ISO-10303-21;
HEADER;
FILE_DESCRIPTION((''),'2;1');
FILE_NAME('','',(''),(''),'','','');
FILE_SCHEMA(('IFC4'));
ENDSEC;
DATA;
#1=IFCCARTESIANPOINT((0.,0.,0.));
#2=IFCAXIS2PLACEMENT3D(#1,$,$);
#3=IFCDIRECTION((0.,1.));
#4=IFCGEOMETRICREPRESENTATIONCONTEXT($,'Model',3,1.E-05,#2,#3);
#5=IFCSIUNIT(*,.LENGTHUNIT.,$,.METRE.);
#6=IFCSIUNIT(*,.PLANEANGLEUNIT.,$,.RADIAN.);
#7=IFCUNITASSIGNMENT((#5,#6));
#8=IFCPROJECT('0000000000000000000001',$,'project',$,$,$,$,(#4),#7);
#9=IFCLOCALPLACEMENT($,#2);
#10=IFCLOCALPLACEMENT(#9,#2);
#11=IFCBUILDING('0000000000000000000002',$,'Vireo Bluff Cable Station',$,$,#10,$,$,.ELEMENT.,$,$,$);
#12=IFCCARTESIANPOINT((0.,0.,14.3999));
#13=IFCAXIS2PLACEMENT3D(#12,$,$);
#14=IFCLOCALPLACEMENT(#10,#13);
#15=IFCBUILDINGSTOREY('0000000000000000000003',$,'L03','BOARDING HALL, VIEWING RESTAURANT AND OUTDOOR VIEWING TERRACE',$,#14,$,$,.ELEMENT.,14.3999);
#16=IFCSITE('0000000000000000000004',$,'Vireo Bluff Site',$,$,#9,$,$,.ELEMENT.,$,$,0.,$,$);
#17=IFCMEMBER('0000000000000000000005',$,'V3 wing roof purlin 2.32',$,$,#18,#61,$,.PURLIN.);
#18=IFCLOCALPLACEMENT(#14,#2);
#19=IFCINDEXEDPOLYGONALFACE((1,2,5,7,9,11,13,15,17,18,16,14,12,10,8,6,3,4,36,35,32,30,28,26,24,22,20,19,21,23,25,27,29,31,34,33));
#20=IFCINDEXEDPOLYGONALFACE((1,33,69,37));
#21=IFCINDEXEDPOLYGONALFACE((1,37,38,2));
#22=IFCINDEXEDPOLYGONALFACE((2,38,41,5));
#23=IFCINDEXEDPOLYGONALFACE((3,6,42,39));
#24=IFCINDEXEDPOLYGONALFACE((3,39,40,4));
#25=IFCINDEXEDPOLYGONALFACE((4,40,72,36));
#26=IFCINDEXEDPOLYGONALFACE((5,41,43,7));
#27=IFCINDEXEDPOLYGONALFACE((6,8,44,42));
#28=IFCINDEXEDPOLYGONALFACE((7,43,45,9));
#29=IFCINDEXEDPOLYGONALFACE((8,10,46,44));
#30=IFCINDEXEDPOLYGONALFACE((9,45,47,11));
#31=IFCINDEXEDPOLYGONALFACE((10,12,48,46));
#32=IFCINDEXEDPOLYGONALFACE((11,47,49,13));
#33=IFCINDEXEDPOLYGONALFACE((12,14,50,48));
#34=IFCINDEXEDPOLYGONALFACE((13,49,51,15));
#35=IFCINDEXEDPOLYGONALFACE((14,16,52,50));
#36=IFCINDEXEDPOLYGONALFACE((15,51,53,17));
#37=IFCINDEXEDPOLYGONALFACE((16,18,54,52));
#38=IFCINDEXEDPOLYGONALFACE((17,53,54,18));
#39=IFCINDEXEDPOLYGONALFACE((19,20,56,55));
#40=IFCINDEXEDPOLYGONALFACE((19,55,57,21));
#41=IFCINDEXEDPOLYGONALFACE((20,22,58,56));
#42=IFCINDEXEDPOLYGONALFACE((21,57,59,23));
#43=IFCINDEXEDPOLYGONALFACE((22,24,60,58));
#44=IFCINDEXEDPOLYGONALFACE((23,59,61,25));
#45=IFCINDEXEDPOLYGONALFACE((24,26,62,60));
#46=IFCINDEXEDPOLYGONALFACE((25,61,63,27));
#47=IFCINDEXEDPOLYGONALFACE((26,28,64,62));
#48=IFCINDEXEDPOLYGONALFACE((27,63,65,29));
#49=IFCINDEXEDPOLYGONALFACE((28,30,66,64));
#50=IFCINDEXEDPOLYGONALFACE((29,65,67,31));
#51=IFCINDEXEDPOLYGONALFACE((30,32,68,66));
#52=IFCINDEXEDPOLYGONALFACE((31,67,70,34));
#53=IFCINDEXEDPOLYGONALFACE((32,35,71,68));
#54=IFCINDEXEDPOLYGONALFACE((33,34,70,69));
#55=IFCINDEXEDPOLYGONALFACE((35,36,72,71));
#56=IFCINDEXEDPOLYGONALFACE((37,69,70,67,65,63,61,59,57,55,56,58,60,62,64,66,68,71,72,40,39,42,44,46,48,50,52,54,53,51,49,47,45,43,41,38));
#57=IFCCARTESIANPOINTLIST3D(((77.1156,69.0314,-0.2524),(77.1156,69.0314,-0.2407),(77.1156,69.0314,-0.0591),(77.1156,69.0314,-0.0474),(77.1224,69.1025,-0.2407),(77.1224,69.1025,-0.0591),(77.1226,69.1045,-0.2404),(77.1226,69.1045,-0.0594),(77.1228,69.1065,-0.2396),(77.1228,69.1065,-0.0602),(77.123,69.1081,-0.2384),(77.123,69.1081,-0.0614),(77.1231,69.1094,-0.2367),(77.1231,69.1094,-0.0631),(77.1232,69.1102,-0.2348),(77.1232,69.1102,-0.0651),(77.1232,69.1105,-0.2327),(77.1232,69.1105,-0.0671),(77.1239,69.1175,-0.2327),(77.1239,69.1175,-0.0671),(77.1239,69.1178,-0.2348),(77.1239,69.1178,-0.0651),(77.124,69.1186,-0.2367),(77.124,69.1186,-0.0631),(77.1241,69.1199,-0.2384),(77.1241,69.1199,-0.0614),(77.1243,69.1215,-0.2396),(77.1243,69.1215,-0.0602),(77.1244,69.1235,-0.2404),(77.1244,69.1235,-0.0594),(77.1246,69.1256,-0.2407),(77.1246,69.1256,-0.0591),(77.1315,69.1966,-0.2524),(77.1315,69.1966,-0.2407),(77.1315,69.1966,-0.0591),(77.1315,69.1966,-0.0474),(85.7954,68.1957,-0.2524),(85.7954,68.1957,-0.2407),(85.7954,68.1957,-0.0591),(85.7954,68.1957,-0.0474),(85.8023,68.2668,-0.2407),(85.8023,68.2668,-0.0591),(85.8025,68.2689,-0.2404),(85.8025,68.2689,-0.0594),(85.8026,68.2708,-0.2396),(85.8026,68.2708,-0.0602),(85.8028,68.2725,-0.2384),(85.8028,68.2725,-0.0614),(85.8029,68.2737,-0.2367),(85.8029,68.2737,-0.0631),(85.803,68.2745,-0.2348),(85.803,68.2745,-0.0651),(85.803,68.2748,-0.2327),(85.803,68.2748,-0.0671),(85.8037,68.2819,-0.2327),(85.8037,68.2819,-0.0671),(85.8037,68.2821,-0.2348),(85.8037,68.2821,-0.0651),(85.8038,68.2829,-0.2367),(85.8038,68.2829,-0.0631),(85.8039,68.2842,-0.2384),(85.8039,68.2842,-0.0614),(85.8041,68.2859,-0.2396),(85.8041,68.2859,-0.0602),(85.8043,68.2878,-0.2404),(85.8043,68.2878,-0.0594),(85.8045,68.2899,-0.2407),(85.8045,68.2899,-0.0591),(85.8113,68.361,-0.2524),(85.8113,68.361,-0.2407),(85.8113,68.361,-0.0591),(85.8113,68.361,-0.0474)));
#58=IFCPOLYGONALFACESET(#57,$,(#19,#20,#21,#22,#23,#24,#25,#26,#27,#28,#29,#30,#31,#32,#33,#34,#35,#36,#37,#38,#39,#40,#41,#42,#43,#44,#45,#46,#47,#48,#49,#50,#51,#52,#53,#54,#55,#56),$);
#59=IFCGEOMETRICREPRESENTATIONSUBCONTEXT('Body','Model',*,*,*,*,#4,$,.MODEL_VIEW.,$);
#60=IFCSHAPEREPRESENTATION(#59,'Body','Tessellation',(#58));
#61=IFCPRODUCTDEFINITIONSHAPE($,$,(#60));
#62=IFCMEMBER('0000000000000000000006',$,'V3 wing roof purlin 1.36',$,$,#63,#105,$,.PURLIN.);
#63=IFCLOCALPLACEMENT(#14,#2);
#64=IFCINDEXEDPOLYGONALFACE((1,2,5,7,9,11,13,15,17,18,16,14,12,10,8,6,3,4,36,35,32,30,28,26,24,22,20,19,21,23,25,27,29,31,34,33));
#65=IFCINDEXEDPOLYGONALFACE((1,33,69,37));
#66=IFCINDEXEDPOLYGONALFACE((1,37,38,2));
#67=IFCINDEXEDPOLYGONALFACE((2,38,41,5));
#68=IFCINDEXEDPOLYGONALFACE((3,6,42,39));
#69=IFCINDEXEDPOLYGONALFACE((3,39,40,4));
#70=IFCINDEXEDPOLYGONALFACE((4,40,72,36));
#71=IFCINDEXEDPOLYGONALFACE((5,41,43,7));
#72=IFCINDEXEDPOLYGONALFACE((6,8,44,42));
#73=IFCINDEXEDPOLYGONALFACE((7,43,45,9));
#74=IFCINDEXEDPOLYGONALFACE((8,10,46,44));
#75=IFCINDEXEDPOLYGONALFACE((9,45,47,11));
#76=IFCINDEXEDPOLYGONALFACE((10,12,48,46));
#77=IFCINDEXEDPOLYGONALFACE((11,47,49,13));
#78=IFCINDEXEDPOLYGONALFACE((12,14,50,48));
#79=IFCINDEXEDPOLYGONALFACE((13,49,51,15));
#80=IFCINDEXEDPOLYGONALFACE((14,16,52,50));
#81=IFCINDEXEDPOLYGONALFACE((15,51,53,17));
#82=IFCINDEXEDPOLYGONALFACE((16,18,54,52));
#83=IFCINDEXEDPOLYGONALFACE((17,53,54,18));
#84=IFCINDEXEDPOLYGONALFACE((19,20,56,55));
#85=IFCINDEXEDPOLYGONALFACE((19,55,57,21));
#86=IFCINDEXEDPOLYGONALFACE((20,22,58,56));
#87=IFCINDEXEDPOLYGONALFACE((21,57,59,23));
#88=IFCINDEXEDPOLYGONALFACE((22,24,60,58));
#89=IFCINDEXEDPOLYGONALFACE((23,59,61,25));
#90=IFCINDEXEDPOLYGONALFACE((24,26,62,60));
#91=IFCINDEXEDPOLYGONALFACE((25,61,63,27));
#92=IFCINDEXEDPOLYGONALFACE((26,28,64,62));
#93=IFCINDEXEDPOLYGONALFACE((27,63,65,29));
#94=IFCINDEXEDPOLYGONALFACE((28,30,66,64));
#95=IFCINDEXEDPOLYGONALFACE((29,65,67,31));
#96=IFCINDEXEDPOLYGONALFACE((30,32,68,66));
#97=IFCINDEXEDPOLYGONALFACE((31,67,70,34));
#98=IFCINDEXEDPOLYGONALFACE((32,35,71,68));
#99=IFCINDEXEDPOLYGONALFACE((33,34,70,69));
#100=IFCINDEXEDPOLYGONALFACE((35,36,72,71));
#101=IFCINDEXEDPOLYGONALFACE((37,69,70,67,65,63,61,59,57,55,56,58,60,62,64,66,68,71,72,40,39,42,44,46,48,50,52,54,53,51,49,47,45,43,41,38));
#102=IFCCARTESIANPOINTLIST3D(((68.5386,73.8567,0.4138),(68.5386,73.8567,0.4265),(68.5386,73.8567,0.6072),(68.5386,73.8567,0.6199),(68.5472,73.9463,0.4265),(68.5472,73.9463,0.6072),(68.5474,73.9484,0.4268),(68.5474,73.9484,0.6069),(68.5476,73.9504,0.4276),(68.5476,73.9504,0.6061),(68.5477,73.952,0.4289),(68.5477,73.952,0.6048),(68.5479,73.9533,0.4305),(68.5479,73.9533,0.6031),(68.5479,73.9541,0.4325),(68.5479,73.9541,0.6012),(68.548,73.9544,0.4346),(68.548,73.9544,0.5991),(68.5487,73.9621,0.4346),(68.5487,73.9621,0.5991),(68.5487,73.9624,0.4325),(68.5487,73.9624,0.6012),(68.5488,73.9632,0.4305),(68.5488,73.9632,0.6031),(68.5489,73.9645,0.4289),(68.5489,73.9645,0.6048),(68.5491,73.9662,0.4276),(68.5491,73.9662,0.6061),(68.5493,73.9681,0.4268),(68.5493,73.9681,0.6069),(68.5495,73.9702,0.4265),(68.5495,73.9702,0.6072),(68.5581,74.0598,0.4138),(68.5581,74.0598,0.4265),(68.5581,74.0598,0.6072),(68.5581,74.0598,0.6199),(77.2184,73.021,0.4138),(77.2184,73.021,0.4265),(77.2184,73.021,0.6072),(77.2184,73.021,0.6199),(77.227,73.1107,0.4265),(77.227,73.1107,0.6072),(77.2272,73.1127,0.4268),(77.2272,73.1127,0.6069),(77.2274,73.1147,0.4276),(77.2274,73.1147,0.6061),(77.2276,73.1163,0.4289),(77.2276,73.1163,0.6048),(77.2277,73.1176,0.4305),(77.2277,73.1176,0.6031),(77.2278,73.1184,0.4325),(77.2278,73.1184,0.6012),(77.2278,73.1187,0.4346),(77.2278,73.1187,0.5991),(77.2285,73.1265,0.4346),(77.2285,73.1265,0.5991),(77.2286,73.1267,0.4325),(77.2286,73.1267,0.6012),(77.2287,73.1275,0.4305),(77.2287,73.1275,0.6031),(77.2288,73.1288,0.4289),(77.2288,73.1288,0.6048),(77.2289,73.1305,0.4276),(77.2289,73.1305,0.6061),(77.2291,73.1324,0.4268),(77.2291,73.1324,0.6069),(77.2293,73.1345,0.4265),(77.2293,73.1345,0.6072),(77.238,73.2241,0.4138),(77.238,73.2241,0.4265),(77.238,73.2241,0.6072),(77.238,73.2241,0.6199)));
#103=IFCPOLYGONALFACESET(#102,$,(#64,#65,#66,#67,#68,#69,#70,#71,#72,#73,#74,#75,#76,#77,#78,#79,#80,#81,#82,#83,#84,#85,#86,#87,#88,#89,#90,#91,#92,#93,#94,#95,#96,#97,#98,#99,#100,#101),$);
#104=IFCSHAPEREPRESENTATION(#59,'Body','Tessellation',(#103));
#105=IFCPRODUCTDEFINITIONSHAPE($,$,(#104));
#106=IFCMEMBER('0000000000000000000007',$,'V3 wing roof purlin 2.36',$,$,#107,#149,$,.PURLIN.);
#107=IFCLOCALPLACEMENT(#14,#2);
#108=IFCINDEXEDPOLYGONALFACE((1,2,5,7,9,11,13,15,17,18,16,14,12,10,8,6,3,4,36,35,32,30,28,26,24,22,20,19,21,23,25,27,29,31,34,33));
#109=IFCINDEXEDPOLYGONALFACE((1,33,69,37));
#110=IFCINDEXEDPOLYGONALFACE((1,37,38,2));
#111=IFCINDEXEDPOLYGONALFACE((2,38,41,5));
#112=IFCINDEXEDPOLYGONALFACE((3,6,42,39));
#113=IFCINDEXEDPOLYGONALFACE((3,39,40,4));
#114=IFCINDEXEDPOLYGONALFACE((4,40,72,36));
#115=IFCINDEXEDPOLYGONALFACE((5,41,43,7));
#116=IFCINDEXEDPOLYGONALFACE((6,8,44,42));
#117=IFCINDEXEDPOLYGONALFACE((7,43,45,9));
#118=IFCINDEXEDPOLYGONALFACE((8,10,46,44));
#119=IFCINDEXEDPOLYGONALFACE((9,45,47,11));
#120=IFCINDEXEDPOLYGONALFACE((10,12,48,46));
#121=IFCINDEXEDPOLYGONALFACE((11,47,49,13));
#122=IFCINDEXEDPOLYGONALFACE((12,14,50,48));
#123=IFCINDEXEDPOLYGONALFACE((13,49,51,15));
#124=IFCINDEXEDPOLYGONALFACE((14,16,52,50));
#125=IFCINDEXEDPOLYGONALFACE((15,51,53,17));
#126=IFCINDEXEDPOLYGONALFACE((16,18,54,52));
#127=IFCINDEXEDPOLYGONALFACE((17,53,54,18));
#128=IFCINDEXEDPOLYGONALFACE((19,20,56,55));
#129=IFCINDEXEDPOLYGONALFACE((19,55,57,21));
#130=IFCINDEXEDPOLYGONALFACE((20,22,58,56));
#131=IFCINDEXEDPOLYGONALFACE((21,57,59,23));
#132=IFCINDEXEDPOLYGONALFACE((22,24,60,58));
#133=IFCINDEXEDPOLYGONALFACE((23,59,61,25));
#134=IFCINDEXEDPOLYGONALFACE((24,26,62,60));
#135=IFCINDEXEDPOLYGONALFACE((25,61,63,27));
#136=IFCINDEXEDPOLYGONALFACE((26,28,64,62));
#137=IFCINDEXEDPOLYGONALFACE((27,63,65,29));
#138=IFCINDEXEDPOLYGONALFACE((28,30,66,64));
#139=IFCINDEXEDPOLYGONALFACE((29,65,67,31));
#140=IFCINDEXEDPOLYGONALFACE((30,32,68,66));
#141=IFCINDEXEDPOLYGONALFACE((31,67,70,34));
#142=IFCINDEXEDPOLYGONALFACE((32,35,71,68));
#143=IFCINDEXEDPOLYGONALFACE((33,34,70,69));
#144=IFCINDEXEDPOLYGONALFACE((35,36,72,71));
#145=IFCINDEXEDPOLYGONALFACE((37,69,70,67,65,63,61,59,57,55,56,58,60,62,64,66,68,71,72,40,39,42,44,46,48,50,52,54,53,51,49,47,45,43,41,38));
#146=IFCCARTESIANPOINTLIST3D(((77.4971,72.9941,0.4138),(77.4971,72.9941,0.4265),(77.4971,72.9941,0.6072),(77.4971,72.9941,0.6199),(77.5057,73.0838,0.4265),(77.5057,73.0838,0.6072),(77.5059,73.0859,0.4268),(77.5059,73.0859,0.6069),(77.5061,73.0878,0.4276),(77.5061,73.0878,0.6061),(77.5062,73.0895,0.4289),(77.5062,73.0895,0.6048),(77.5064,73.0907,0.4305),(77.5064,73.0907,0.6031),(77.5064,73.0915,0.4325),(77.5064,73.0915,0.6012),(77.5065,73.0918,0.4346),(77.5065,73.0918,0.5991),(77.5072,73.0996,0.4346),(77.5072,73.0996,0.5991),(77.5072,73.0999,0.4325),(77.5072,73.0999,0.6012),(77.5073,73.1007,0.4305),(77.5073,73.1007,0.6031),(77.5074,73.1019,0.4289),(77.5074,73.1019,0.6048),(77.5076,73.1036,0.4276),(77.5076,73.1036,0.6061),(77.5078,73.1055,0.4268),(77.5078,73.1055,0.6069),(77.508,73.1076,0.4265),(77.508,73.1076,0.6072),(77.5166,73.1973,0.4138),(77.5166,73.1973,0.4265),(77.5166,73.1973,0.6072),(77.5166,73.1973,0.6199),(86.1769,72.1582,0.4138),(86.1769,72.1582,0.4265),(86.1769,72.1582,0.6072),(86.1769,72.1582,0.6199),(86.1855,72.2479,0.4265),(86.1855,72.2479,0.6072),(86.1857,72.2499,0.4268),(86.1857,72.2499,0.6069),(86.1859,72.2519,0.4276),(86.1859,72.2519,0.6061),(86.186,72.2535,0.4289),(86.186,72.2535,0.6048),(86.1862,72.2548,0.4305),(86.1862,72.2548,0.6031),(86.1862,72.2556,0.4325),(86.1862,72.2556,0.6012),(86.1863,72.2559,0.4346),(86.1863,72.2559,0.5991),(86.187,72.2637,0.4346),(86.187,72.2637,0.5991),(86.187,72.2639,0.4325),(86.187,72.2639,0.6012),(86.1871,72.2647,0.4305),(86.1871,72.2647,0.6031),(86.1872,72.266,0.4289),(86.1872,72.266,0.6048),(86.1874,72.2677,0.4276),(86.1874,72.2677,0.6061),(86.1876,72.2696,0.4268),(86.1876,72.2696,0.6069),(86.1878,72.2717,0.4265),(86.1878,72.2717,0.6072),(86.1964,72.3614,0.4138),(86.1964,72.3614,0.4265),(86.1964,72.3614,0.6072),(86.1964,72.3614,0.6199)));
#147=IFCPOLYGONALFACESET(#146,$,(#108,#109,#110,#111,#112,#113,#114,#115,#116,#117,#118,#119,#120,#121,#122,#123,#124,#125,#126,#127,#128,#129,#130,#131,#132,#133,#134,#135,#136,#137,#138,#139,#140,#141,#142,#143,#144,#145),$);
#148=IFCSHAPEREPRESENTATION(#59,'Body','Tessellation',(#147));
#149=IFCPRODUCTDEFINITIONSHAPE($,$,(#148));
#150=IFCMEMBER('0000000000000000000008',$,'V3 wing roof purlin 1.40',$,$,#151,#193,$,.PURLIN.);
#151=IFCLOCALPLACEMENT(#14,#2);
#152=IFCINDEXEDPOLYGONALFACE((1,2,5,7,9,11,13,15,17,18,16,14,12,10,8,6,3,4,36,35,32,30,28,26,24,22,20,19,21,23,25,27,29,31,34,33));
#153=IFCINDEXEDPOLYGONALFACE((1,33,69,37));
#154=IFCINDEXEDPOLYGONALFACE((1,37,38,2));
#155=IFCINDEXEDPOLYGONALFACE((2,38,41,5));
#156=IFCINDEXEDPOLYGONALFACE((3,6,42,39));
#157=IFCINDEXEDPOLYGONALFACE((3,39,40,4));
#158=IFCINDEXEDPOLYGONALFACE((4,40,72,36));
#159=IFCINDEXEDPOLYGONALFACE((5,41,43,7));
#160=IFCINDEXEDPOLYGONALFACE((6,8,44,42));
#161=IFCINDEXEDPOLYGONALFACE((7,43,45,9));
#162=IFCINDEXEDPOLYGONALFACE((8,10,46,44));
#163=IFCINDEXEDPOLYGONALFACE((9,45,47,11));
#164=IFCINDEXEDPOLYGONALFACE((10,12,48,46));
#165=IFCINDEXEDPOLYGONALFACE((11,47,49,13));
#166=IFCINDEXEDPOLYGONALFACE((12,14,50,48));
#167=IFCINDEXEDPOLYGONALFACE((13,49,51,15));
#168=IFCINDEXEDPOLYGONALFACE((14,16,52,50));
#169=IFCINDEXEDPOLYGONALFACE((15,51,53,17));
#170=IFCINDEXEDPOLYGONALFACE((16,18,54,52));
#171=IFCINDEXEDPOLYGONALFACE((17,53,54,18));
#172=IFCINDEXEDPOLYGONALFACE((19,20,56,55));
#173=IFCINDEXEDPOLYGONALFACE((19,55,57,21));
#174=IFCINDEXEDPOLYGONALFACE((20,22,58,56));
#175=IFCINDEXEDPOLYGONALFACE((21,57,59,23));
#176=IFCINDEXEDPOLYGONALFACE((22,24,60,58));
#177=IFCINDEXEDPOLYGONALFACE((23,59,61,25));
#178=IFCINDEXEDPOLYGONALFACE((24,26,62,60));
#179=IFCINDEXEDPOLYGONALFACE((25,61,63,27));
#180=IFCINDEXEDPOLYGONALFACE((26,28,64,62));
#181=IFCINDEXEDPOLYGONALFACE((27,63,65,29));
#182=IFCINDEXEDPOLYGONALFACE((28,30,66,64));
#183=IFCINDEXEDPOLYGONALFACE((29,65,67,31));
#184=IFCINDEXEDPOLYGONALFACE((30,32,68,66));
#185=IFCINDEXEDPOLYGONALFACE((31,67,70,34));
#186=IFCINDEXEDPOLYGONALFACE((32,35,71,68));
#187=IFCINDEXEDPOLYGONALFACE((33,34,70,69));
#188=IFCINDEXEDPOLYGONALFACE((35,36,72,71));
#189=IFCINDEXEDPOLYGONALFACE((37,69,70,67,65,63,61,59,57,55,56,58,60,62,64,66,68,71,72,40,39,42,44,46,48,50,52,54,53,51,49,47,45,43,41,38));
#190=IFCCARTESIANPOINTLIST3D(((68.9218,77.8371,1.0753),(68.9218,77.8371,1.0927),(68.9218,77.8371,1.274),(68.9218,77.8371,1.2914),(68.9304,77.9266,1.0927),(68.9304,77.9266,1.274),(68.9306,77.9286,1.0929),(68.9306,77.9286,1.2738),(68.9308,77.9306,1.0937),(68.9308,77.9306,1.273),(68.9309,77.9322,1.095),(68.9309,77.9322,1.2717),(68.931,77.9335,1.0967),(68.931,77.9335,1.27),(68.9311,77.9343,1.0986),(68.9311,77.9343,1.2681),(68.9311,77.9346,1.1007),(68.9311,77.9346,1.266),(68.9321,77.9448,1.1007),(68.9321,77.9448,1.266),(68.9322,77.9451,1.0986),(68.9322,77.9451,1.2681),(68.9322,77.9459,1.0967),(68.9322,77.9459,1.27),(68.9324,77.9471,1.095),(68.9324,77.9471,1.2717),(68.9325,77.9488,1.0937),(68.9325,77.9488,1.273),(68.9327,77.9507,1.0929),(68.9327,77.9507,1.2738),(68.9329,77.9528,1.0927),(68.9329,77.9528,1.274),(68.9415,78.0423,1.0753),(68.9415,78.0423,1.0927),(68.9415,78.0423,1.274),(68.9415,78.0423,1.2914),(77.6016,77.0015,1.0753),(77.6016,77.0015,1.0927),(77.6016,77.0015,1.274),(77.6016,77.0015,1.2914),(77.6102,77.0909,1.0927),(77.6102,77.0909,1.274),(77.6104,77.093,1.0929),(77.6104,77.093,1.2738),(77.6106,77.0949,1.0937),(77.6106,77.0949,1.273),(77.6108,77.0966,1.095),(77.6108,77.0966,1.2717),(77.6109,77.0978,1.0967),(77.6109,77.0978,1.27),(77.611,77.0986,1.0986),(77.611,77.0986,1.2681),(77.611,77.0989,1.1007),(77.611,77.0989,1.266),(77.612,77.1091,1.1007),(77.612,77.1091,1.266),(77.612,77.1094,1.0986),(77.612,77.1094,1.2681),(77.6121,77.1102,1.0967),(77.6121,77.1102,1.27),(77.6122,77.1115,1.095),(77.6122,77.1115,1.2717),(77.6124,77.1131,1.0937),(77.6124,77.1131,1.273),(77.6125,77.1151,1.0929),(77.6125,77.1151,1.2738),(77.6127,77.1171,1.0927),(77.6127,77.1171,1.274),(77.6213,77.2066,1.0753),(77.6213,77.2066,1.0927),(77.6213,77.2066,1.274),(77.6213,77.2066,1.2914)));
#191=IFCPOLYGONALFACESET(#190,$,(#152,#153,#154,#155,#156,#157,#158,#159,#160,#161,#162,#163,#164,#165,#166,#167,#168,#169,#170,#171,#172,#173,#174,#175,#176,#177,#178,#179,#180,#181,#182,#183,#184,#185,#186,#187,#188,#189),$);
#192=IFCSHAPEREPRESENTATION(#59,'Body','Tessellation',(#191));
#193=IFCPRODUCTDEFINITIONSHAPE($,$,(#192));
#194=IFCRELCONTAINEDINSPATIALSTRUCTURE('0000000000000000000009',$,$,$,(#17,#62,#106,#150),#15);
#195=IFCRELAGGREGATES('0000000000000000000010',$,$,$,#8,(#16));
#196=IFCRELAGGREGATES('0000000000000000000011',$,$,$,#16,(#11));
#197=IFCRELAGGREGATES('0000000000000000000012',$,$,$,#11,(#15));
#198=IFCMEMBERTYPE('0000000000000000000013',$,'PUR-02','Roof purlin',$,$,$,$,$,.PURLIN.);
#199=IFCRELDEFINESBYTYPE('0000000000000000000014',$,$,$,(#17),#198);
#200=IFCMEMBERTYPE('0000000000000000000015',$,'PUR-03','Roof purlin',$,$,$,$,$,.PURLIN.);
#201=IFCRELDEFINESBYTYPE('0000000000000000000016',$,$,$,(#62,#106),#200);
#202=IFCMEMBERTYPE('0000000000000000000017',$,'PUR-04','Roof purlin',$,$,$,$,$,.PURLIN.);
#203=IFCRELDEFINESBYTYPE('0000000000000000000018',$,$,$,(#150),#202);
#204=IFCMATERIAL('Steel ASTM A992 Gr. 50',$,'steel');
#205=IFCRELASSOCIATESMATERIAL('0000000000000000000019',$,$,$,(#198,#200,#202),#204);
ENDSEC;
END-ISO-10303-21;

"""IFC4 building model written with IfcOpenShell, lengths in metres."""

from ifc_helpers import new_model, si_unit, direction, frame, origin, origin_2d, place, context, subcontext, project, spatial, i_section, extrude, material, material_profile, profile_set, type_object, element, save


model = new_model("IFC4")

# Units and contexts
model_context = context("Model", 3, precision=1e-05, world=origin(), true_north=direction((0.0, 1.0)))
body_context = subcontext(model_context, "Body", "Model", "MODEL_VIEW")
ifc_project = project(units=[si_unit("LENGTHUNIT", "METRE"), si_unit("PLANEANGLEUNIT", "RADIAN")], contexts=[model_context])

# Site, building, storey
site_placement = place(None, origin())
site = spatial("IfcSite", under=ifc_project, at=site_placement, Name="Vireo Bluff Site", CompositionType="ELEMENT", RefElevation=0.0)
building_placement = place(site_placement, origin())
building = spatial("IfcBuilding", under=site, at=building_placement, Name="Vireo Bluff Cable Station", CompositionType="ELEMENT")
storey_placement = place(building_placement, frame((0.0, 0.0, 14.3999)))
storey = spatial("IfcBuildingStorey", under=building, at=storey_placement, Name="L03", Description="BOARDING HALL, VIEWING RESTAURANT AND OUTDOOR VIEWING TERRACE", CompositionType="ELEMENT", Elevation=14.3999)

# Shared definitions
ifc_material_1 = material(Name="Steel ASTM A992 Gr. 50", Category="steel")

# Members
ifc_material_profile_1 = material_profile(ifc_material_1, i_section(OverallWidth=0.166, OverallDepth=0.2051, WebThickness=0.0071, FlangeThickness=0.0117, FilletRadius=0.0081, at=origin_2d()), Name="W8X28")
ifc_profile_set_1 = profile_set([ifc_material_profile_1], Name="Steel ASTM A992 Gr. 50")
member_type_1 = type_object("IfcMemberType", Name="PUR-02", Description="Roof purlin", PredefinedType="PURLIN", material=ifc_profile_set_1)
member_1_placement = place(storey_placement, frame((77.1235, 69.114, -0.1499), z_axis=(0.995397, -0.095836, 0.0), x_axis=(0.095836, 0.995397, 0.0)))
element("IfcMember", 1, at=member_1_placement, inside=storey, type_object=member_type_1, Name="V3 wing roof purlin 2.32", PredefinedType="PURLIN", context=body_context, shape_type="SweptSolid", body=[
    extrude(i_section(OverallWidth=0.166, OverallDepth=0.2051, WebThickness=0.0071, FlangeThickness=0.0117, FilletRadius=0.0081, at=origin_2d()), origin(), (0.0, 0.0, 1.0), 8.72),
])
ifc_material_profile_2 = material_profile(ifc_material_1, i_section(OverallWidth=0.2041, OverallDepth=0.2061, WebThickness=0.0078, FlangeThickness=0.0127, FilletRadius=0.0081, at=origin_2d()), Name="W8X35")
ifc_profile_set_2 = profile_set([ifc_material_profile_2], Name="Steel ASTM A992 Gr. 50")
member_type_2 = type_object("IfcMemberType", Name="PUR-03", Description="Roof purlin", PredefinedType="PURLIN", material=ifc_profile_set_2)
for number, where, z_axis, x_axis, name in (
    (2, (68.5483, 73.9583, 0.5168), (0.995397, -0.095836, 0.0), (0.095836, 0.995397, 0.0), "V3 wing roof purlin 1.36"),
    (3, (77.5068, 73.0957, 0.5168), (0.995395, -0.095863, 0.0), (0.095863, 0.995395, 0.0), "V3 wing roof purlin 2.36"),
):
    element("IfcMember", number, at=place(storey_placement, frame(where, z_axis=z_axis, x_axis=x_axis)), inside=storey, type_object=member_type_2, Name=name, PredefinedType="PURLIN", context=body_context, shape_type="SweptSolid", body=[
        extrude(i_section(OverallWidth=0.2041, OverallDepth=0.2061, WebThickness=0.0078, FlangeThickness=0.0127, FilletRadius=0.0081, at=origin_2d()), origin(), (0.0, 0.0, 1.0), 8.72),
    ])
ifc_material_profile_3 = material_profile(ifc_material_1, i_section(OverallWidth=0.2061, OverallDepth=0.2161, WebThickness=0.0103, FlangeThickness=0.0173, FilletRadius=0.0081, at=origin_2d()), Name="W8X48")
ifc_profile_set_3 = profile_set([ifc_material_profile_3], Name="Steel ASTM A992 Gr. 50")
member_type_3 = type_object("IfcMemberType", Name="PUR-04", Description="Roof purlin", PredefinedType="PURLIN", material=ifc_profile_set_3)
member_2_placement = place(storey_placement, frame((68.9316, 77.9397, 1.1833), z_axis=(0.995397, -0.095836, 0.0), x_axis=(0.095836, 0.995397, 0.0)))
element("IfcMember", 4, at=member_2_placement, inside=storey, type_object=member_type_3, Name="V3 wing roof purlin 1.40", PredefinedType="PURLIN", context=body_context, shape_type="SweptSolid", body=[
    extrude(i_section(OverallWidth=0.2061, OverallDepth=0.2161, WebThickness=0.0103, FlangeThickness=0.0173, FilletRadius=0.0081, at=origin_2d()), origin(), (0.0, 0.0, 1.0), 8.72),
])

save(model, "model.ifc")
